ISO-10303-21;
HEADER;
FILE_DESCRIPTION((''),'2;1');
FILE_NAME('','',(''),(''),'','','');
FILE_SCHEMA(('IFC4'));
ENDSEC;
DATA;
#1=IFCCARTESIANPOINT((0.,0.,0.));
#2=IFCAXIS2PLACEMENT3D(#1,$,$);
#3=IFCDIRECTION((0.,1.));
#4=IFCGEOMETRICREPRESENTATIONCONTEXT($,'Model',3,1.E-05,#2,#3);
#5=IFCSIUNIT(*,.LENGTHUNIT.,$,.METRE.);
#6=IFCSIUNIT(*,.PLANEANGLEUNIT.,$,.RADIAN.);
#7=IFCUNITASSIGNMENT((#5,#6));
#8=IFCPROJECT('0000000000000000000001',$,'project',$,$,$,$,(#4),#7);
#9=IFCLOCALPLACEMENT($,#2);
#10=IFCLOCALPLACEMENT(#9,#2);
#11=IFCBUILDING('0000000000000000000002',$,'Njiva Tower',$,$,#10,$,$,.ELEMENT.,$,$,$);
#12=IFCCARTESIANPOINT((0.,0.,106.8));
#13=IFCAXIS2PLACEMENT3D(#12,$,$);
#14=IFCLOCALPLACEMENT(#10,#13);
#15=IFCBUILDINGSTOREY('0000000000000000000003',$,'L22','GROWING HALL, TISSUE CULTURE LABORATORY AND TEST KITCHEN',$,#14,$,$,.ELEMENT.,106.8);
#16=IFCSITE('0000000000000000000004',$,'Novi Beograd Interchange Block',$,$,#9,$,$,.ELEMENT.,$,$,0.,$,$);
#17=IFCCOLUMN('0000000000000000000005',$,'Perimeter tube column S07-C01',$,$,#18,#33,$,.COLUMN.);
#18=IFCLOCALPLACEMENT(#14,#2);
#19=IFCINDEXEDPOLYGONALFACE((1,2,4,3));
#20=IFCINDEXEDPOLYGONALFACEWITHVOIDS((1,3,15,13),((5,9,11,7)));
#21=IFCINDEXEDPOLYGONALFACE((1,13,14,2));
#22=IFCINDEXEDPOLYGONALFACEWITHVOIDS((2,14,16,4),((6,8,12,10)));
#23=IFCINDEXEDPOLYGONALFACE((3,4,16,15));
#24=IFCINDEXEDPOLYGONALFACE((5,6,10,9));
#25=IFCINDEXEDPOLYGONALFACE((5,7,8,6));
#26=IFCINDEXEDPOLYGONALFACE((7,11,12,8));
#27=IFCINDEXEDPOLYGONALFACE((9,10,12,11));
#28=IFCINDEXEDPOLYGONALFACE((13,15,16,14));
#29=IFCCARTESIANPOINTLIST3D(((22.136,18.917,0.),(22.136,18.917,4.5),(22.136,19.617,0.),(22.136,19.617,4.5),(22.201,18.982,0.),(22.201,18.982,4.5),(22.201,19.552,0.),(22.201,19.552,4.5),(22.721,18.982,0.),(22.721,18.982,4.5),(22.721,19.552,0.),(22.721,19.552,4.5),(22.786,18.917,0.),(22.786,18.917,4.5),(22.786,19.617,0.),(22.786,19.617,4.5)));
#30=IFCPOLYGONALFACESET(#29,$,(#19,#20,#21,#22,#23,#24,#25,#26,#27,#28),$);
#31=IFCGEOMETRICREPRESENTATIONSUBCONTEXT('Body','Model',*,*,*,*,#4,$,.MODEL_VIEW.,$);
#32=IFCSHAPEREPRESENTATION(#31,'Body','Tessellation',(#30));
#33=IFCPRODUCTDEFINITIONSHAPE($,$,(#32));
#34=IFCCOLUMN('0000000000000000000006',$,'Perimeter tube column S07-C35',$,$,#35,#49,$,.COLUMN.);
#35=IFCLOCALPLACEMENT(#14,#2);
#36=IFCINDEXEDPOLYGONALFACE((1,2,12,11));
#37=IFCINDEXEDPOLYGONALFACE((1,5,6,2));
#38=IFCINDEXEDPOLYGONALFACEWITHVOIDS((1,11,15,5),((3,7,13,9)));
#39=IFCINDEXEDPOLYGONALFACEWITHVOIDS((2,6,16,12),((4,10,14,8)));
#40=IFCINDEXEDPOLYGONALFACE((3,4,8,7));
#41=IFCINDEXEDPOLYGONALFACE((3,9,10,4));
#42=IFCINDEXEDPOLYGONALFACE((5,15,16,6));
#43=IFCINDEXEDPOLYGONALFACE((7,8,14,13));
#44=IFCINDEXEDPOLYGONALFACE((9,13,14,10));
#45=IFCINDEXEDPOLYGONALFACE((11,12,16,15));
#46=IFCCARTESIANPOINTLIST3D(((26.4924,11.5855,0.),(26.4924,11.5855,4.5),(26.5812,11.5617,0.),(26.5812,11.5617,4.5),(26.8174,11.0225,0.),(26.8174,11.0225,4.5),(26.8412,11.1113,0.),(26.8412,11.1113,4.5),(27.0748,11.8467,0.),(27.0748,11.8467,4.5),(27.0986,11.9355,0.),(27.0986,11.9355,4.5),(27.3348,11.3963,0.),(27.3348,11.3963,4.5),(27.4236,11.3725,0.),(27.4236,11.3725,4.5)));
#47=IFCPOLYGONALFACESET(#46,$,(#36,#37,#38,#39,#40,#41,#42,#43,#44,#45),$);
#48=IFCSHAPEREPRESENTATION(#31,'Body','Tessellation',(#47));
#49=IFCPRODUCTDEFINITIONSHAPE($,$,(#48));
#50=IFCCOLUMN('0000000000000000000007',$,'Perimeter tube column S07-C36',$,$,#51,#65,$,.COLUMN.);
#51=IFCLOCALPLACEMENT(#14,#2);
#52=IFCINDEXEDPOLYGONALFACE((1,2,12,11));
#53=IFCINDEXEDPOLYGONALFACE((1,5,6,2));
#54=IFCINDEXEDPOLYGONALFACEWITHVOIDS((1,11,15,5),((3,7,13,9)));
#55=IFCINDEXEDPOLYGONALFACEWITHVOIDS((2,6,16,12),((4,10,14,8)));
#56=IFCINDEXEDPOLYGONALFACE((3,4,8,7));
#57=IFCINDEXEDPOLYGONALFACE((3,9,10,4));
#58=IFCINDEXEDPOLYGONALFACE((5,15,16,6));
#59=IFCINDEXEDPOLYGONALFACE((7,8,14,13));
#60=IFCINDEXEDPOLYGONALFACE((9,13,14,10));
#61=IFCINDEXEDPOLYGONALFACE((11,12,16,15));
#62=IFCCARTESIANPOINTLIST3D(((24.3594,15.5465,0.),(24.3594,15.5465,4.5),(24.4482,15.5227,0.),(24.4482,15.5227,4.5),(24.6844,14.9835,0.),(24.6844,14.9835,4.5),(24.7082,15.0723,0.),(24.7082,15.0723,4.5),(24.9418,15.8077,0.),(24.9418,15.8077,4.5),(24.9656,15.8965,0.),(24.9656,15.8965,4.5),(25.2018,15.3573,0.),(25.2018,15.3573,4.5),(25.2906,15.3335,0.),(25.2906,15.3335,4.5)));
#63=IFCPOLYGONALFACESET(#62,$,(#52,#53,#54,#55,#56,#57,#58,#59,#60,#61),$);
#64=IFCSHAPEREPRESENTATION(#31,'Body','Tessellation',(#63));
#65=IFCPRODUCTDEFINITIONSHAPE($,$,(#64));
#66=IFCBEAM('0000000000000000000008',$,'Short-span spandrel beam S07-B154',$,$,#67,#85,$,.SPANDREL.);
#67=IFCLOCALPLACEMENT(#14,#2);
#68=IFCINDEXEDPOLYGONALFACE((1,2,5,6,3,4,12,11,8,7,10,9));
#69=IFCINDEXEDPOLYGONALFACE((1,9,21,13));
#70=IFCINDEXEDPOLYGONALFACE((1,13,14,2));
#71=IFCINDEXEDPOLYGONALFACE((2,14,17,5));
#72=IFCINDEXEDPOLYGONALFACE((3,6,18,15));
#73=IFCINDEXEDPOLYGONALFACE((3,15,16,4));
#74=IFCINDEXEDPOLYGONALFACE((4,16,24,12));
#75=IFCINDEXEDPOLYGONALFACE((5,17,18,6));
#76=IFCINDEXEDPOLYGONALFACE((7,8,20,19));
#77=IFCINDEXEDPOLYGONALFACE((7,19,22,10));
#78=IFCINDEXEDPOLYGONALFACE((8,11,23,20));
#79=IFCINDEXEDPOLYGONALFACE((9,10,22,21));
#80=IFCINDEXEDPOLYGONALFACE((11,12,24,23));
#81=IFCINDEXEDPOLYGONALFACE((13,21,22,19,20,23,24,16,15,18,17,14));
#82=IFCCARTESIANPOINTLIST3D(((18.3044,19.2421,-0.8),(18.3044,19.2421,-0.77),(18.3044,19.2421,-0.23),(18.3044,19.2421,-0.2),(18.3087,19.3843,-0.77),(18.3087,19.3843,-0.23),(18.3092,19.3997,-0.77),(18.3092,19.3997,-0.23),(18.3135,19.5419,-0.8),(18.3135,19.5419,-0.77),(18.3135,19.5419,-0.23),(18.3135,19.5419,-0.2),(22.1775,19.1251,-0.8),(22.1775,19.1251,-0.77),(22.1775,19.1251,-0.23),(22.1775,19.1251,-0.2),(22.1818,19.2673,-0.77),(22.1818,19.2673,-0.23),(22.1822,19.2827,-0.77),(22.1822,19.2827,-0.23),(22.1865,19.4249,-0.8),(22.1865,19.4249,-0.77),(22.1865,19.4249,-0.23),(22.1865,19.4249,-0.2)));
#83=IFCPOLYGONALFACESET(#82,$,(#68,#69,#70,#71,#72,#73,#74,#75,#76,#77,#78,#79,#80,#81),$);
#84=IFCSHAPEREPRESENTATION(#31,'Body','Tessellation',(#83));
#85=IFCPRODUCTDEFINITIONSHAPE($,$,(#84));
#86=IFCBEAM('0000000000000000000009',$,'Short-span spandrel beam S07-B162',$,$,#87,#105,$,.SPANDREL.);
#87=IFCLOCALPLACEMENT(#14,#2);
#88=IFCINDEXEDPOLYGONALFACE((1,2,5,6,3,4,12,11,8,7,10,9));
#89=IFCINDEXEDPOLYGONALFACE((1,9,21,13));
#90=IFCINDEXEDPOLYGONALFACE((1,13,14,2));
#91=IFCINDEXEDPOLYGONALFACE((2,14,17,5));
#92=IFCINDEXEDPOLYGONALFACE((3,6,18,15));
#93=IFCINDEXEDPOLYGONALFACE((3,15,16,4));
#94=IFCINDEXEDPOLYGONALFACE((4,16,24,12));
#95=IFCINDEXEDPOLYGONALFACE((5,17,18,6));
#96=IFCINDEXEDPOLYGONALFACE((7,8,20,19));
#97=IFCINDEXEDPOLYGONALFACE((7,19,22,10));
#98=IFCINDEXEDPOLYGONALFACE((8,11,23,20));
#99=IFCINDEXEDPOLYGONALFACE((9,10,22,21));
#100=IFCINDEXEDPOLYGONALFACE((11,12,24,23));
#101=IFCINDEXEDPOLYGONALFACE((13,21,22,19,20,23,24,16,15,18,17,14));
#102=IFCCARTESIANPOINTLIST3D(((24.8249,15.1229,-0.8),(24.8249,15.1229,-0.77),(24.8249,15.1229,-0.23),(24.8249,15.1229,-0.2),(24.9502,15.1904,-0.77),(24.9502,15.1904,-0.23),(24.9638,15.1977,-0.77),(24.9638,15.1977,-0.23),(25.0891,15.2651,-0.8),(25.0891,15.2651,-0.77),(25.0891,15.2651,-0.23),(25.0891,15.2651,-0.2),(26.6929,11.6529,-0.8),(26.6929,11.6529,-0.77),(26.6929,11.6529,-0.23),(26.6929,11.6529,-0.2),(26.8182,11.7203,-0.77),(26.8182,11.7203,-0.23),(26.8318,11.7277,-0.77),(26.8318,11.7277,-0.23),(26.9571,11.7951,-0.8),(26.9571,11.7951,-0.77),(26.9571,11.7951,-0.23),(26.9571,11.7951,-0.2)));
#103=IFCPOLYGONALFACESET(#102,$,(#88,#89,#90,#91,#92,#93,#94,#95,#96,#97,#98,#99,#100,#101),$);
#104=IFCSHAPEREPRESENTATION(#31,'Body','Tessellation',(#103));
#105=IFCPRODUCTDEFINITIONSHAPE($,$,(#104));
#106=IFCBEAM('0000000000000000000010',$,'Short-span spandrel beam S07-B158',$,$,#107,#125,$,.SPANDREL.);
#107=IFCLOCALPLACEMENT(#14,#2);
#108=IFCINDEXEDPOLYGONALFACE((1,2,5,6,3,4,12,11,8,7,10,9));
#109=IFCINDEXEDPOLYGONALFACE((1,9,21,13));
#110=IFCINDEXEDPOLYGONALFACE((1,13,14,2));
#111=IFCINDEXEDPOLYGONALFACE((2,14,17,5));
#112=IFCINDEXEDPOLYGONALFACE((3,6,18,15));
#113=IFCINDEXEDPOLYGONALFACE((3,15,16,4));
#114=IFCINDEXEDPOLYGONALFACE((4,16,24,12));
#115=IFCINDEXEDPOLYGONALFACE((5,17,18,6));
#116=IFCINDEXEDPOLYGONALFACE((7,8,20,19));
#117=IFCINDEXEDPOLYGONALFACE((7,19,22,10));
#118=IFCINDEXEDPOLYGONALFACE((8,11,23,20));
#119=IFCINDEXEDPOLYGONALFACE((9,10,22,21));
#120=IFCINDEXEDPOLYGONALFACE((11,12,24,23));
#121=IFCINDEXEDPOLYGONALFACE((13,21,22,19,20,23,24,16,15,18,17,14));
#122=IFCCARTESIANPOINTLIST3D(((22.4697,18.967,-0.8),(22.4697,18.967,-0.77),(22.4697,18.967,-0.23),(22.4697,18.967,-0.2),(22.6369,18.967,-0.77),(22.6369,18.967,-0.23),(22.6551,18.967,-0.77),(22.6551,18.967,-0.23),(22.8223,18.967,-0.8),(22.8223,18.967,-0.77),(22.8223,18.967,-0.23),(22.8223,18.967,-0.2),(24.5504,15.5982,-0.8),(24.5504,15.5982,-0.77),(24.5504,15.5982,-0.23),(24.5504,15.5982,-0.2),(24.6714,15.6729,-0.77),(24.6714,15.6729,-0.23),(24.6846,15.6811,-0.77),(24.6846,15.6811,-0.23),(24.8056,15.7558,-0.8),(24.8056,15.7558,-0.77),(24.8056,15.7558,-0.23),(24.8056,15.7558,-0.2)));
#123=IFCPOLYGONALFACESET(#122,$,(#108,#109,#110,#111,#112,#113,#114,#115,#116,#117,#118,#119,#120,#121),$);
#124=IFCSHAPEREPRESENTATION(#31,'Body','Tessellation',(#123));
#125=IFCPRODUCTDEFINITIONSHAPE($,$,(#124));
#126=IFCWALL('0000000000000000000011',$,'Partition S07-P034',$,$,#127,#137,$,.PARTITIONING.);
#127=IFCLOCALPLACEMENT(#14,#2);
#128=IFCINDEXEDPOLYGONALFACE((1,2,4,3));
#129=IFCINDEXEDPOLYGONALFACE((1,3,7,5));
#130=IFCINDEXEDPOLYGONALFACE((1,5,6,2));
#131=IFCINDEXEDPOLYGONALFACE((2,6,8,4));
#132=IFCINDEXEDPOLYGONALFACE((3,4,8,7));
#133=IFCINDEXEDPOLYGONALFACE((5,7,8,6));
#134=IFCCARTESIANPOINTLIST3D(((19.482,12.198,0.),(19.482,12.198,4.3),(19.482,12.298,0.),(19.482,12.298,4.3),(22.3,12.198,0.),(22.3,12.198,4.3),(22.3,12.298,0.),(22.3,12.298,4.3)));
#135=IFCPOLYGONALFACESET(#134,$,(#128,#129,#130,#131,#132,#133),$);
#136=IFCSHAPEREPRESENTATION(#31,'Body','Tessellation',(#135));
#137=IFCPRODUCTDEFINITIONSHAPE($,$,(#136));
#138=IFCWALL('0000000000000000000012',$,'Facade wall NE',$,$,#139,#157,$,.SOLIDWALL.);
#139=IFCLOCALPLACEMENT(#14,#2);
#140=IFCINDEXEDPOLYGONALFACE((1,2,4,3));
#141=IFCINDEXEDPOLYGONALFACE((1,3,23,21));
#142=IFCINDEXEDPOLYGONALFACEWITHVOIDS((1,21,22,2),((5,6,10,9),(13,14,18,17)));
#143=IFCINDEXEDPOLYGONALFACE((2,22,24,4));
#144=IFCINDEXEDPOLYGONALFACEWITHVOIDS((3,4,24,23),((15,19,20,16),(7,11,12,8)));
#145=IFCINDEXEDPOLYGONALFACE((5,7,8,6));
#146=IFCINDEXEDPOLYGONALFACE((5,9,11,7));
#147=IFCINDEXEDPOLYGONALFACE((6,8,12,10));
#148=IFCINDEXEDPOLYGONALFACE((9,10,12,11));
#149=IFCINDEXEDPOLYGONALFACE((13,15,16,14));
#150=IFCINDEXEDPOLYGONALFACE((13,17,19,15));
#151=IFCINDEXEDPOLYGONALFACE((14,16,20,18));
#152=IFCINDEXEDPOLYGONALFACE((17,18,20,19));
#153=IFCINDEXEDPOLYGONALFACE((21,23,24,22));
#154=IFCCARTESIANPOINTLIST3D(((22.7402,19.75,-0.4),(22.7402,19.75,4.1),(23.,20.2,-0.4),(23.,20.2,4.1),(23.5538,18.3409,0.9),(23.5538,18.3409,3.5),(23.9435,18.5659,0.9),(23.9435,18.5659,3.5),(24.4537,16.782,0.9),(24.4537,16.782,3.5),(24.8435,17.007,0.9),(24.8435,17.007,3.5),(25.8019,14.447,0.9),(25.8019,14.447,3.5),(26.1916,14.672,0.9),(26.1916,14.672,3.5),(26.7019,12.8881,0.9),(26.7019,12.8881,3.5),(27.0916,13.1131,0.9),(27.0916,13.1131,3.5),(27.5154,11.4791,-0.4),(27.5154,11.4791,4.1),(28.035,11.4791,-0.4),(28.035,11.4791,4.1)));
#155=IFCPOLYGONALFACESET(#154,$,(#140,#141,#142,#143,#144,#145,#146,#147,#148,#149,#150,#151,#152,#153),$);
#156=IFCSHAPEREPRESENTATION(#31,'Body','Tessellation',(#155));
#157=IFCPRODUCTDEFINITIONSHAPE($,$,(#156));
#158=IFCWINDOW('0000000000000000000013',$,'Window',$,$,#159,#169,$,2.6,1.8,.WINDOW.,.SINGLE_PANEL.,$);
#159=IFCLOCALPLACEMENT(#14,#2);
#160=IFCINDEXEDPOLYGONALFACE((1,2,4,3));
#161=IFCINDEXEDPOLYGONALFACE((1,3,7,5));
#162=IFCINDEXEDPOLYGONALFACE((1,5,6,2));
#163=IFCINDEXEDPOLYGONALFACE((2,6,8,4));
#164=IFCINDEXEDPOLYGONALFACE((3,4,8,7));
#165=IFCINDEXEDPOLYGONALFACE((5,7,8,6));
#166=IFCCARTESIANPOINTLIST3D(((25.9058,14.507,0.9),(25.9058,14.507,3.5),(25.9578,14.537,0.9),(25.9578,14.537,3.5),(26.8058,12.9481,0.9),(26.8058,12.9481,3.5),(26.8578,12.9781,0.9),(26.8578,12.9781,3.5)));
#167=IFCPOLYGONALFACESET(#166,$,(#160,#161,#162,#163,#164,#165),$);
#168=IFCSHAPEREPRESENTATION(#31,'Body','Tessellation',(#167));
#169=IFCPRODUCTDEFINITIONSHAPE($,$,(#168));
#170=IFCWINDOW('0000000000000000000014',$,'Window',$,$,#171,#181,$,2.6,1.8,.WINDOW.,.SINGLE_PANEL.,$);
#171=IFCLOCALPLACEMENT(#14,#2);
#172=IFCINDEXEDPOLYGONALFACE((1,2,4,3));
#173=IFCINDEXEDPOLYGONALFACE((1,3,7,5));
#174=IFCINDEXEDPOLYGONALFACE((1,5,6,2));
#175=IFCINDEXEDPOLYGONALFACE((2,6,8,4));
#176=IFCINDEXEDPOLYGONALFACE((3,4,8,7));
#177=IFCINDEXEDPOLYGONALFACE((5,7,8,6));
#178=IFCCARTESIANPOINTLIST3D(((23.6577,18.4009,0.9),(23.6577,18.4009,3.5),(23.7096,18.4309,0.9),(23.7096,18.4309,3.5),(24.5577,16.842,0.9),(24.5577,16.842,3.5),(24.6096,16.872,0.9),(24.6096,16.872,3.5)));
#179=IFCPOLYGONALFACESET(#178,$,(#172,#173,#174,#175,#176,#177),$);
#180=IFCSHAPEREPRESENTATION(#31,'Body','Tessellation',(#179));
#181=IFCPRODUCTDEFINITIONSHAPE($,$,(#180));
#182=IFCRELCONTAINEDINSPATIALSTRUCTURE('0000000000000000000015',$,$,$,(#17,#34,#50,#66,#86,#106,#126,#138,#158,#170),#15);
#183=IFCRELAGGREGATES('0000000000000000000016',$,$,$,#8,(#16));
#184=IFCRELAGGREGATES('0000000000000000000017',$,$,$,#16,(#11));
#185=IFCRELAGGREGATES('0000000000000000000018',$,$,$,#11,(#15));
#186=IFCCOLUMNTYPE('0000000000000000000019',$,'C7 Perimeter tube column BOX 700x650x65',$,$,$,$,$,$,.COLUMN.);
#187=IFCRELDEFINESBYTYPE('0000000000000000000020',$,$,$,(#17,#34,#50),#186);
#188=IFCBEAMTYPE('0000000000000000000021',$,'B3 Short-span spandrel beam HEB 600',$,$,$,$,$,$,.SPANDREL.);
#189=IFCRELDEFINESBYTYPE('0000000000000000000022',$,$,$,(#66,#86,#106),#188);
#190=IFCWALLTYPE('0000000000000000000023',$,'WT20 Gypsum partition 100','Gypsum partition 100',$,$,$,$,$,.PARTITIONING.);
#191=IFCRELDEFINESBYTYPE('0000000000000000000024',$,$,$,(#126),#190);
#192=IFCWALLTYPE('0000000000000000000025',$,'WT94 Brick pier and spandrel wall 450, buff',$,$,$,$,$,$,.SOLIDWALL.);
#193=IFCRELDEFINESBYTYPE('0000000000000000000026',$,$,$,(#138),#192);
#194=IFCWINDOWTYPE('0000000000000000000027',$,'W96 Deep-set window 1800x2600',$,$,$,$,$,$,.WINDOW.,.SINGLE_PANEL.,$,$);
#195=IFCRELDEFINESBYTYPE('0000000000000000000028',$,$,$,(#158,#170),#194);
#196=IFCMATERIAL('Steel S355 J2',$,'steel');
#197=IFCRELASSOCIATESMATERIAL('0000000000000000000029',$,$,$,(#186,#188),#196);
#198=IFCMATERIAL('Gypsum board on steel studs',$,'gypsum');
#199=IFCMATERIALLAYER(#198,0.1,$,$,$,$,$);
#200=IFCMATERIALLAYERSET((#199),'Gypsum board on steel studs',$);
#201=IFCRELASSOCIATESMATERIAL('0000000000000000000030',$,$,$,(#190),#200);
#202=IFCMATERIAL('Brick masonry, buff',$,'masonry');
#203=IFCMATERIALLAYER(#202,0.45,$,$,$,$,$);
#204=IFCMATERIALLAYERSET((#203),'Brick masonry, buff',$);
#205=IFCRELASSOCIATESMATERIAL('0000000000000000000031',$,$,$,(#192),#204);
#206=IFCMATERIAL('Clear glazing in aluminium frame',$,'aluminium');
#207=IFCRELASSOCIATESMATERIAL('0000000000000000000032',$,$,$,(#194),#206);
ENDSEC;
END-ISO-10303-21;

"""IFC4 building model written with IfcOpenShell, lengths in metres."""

from ifc_helpers import new_model, si_unit, direction, frame, frame_2d, origin, origin_2d, place, context, subcontext, project, spatial, polyline, rectangle, hollow_rectangle, i_section, outline, extrude, clip, halfspace, material, layer, layer_set, material_profile, profile_set, type_object, element, fill, save


model = new_model("IFC4")

# Units and contexts
model_context = context("Model", 3, precision=1e-05, world=origin(), true_north=direction((0.0, 1.0)))
body_context = subcontext(model_context, "Body", "Model", "MODEL_VIEW")
ifc_project = project(units=[si_unit("LENGTHUNIT", "METRE"), si_unit("PLANEANGLEUNIT", "RADIAN")], contexts=[model_context])

# Site, building, storey
site_placement = place(None, origin())
site = spatial("IfcSite", under=ifc_project, at=site_placement, Name="Novi Beograd Interchange Block", CompositionType="ELEMENT", RefElevation=0.0)
building_placement = place(site_placement, origin())
building = spatial("IfcBuilding", under=site, at=building_placement, Name="Njiva Tower", CompositionType="ELEMENT")
storey_placement = place(building_placement, frame((0.0, 0.0, 106.8)))
storey = spatial("IfcBuildingStorey", under=building, at=storey_placement, Name="L22", Description="GROWING HALL, TISSUE CULTURE LABORATORY AND TEST KITCHEN", CompositionType="ELEMENT", Elevation=106.8)

# Columns
ifc_material_1 = material(Name="Steel S355 J2", Category="steel")
ifc_material_profile_1 = material_profile(ifc_material_1, hollow_rectangle(XDim=0.65, YDim=0.7, WallThickness=0.065, at=origin_2d()), Name="BOX 700x650x65")
ifc_profile_set_1 = profile_set([ifc_material_profile_1], Name="Steel S355 J2")
column_type = type_object("IfcColumnType", Name="C7 Perimeter tube column BOX 700x650x65", PredefinedType="COLUMN", material=ifc_profile_set_1)
for number, where, z_axis, x_axis, name in (
    (1, (22.461, 19.267, 0.0), (0.0, 0.0, 1.0), (-1.0, 0.0, 0.0), "Perimeter tube column S07-C01"),
    (2, (26.958, 11.479, 0.0), (0.0, 0.0, 1.0), (-0.5, 0.866025, 0.0), "Perimeter tube column S07-C35"),
    (3, (24.825, 15.44, 0.0), (0.0, 0.0, 1.0), (-0.5, 0.866025, 0.0), "Perimeter tube column S07-C36"),
):
    element("IfcColumn", number, at=place(storey_placement, frame(where, z_axis=z_axis, x_axis=x_axis)), inside=storey, type_object=column_type, Name=name, PredefinedType="COLUMN", context=body_context, shape_type="SweptSolid", body=[
        extrude(hollow_rectangle(XDim=0.65, YDim=0.7, WallThickness=0.065, at=origin_2d()), origin(), (0.0, 0.0, 1.0), 4.5),
    ])

# Beams
ifc_material_profile_2 = material_profile(ifc_material_1, i_section(OverallWidth=0.3, OverallDepth=0.6, WebThickness=0.0155, FlangeThickness=0.03, at=origin_2d()), Name="HEB 600")
ifc_profile_set_2 = profile_set([ifc_material_profile_2], Name="Steel S355 J2")
beam_type = type_object("IfcBeamType", Name="B3 Short-span spandrel beam HEB 600", PredefinedType="SPANDREL", material=ifc_profile_set_2)
beam_1_placement = place(storey_placement, frame((22.182, 19.275, -0.5), z_axis=(-0.999544, 0.030195, 0.0), x_axis=(-0.030195, -0.999544, 0.0)))
element("IfcBeam", 4, at=beam_1_placement, inside=storey, type_object=beam_type, Name="Short-span spandrel beam S07-B154", PredefinedType="SPANDREL", context=body_context, shape_type="SweptSolid", body=[
    extrude(i_section(OverallWidth=0.3, OverallDepth=0.6, WebThickness=0.0155, FlangeThickness=0.03, at=origin_2d()), origin(), (0.0, 0.0, 1.0), 3.8748),
])
beam_2_placement = place(storey_placement, frame((26.825, 11.724, -0.5), z_axis=(-0.474009, 0.88052, 0.0), x_axis=(-0.88052, -0.474009, 0.0)))
element("IfcBeam", 5, at=beam_2_placement, inside=storey, type_object=beam_type, Name="Short-span spandrel beam S07-B162", PredefinedType="SPANDREL", context=body_context, shape_type="SweptSolid", body=[
    extrude(i_section(OverallWidth=0.3, OverallDepth=0.6, WebThickness=0.0155, FlangeThickness=0.03, at=origin_2d()), origin(), (0.0, 0.0, 1.0), 3.9409),
])
beam_3_placement = place(storey_placement, frame((24.678, 15.677, -0.5), z_axis=(-0.525482, 0.850805, 0.0), x_axis=(-0.850805, -0.525482, 0.0)))
element("IfcBeam", 6, at=beam_3_placement, inside=storey, type_object=beam_type, Name="Short-span spandrel beam S07-B158", PredefinedType="SPANDREL", context=body_context, shape_type="Clipping", body=[
    clip(extrude(i_section(OverallWidth=0.3, OverallDepth=0.6, WebThickness=0.0155, FlangeThickness=0.03, at=origin_2d()), origin(), (0.0, 0.0, 1.0), 3.9799), halfspace(frame((-0.0266, 0.0, 3.8505), z_axis=(-0.525482, 0.0, 0.850805), x_axis=(0.0, 1.0, 0.0)), False)),
])

# Wall
ifc_material_2 = material(Name="Gypsum board on steel studs", Category="gypsum")
ifc_layer_1 = layer(ifc_material_2, 0.1)
ifc_layer_set_1 = layer_set([ifc_layer_1], Name="Gypsum board on steel studs")
wall_type_1 = type_object("IfcWallType", Name="WT20 Gypsum partition 100", Description="Gypsum partition 100", PredefinedType="PARTITIONING", material=ifc_layer_set_1)
wall_1_placement = place(storey_placement, frame((19.482, 12.248, 0.0), z_axis=(0.0, 0.0, 1.0), x_axis=(1.0, 0.0, 0.0)))
element("IfcWall", 7, at=wall_1_placement, inside=storey, type_object=wall_type_1, Name="Partition S07-P034", PredefinedType="PARTITIONING", context=body_context, shape_type="SweptSolid", body=[
    extrude(rectangle(XDim=2.818, YDim=0.1, at=frame_2d((1.409, 0.0))), origin(), (0.0, 0.0, 1.0), 4.3),
])

# Wall, openings, windows
ifc_material_3 = material(Name="Clear glazing in aluminium frame", Category="aluminium")
ifc_material_4 = material(Name="Brick masonry, buff", Category="masonry")
ifc_layer_2 = layer(ifc_material_4, 0.45)
ifc_layer_set_2 = layer_set([ifc_layer_2], Name="Brick masonry, buff")
wall_type_2 = type_object("IfcWallType", Name="WT94 Brick pier and spandrel wall 450, buff", PredefinedType="SOLIDWALL", material=ifc_layer_set_2)
wall_2_placement = place(storey_placement, frame((27.7752, 11.4791, -0.4), z_axis=(0.0, 0.0, 1.0), x_axis=(-0.499999, 0.866026, 0.0)))
wall_2 = element("IfcWall", 8, at=wall_2_placement, inside=storey, type_object=wall_type_2, Name="Facade wall NE", PredefinedType="SOLIDWALL", context=body_context, shape_type="SweptSolid", body=[
    extrude(outline(polyline([(-0.1299, -0.225), (9.9401, -0.225), (9.6803, 0.225), (0.1299, 0.225), (-0.1299, -0.225)])), origin(), (0.0, 0.0, 1.0), 4.5),
])
opening_1_placement = place(wall_2_placement, frame((1.7569, 0.0, 1.3)))
opening_1 = element("IfcOpeningElement", 9, at=opening_1_placement, cuts=wall_2, PredefinedType="OPENING", context=body_context, shape_type="SweptSolid", body=[
    extrude(rectangle(XDim=1.8, YDim=2.6, at=frame_2d((0.9, 1.3))), frame((0.0, 0.235, 0.0), z_axis=(0.0, -1.0, 0.0), x_axis=(1.0, 0.0, 0.0)), (0.0, 0.0, 1.0), 0.47),
])
opening_2_placement = place(wall_2_placement, frame((6.2532, 0.0, 1.3)))
opening_2 = element("IfcOpeningElement", 10, at=opening_2_placement, cuts=wall_2, PredefinedType="OPENING", context=body_context, shape_type="SweptSolid", body=[
    extrude(rectangle(XDim=1.8, YDim=2.6, at=frame_2d((0.9, 1.3))), frame((0.0, 0.235, 0.0), z_axis=(0.0, -1.0, 0.0), x_axis=(1.0, 0.0, 0.0)), (0.0, 0.0, 1.0), 0.47),
])
window_type_1 = type_object("IfcWindowType", Name="W96 Deep-set window 1800x2600", PartitioningType="SINGLE_PANEL", PredefinedType="WINDOW", material=ifc_material_3)
window_1_placement = place(opening_1_placement, origin())
window_1 = element("IfcWindow", 11, at=window_1_placement, inside=storey, type_object=window_type_1, Name="Window", OverallHeight=2.6, OverallWidth=1.8, PartitioningType="SINGLE_PANEL", PredefinedType="WINDOW", context=body_context, shape_type="SweptSolid", body=[
    extrude(rectangle(XDim=1.8, YDim=2.6, at=frame_2d((0.9, 1.3))), frame((0.0, 0.105, 0.0), z_axis=(0.0, -1.0, 0.0), x_axis=(1.0, 0.0, 0.0)), (0.0, 0.0, 1.0), 0.06),
])
fill(opening_1, window_1)
window_2_placement = place(opening_2_placement, origin())
window_2 = element("IfcWindow", 12, at=window_2_placement, inside=storey, type_object=window_type_1, Name="Window", OverallHeight=2.6, OverallWidth=1.8, PartitioningType="SINGLE_PANEL", PredefinedType="WINDOW", context=body_context, shape_type="SweptSolid", body=[
    extrude(rectangle(XDim=1.8, YDim=2.6, at=frame_2d((0.9, 1.3))), frame((0.0, 0.105, 0.0), z_axis=(0.0, -1.0, 0.0), x_axis=(1.0, 0.0, 0.0)), (0.0, 0.0, 1.0), 0.06),
])
fill(opening_2, window_2)

save(model, "model.ifc")
